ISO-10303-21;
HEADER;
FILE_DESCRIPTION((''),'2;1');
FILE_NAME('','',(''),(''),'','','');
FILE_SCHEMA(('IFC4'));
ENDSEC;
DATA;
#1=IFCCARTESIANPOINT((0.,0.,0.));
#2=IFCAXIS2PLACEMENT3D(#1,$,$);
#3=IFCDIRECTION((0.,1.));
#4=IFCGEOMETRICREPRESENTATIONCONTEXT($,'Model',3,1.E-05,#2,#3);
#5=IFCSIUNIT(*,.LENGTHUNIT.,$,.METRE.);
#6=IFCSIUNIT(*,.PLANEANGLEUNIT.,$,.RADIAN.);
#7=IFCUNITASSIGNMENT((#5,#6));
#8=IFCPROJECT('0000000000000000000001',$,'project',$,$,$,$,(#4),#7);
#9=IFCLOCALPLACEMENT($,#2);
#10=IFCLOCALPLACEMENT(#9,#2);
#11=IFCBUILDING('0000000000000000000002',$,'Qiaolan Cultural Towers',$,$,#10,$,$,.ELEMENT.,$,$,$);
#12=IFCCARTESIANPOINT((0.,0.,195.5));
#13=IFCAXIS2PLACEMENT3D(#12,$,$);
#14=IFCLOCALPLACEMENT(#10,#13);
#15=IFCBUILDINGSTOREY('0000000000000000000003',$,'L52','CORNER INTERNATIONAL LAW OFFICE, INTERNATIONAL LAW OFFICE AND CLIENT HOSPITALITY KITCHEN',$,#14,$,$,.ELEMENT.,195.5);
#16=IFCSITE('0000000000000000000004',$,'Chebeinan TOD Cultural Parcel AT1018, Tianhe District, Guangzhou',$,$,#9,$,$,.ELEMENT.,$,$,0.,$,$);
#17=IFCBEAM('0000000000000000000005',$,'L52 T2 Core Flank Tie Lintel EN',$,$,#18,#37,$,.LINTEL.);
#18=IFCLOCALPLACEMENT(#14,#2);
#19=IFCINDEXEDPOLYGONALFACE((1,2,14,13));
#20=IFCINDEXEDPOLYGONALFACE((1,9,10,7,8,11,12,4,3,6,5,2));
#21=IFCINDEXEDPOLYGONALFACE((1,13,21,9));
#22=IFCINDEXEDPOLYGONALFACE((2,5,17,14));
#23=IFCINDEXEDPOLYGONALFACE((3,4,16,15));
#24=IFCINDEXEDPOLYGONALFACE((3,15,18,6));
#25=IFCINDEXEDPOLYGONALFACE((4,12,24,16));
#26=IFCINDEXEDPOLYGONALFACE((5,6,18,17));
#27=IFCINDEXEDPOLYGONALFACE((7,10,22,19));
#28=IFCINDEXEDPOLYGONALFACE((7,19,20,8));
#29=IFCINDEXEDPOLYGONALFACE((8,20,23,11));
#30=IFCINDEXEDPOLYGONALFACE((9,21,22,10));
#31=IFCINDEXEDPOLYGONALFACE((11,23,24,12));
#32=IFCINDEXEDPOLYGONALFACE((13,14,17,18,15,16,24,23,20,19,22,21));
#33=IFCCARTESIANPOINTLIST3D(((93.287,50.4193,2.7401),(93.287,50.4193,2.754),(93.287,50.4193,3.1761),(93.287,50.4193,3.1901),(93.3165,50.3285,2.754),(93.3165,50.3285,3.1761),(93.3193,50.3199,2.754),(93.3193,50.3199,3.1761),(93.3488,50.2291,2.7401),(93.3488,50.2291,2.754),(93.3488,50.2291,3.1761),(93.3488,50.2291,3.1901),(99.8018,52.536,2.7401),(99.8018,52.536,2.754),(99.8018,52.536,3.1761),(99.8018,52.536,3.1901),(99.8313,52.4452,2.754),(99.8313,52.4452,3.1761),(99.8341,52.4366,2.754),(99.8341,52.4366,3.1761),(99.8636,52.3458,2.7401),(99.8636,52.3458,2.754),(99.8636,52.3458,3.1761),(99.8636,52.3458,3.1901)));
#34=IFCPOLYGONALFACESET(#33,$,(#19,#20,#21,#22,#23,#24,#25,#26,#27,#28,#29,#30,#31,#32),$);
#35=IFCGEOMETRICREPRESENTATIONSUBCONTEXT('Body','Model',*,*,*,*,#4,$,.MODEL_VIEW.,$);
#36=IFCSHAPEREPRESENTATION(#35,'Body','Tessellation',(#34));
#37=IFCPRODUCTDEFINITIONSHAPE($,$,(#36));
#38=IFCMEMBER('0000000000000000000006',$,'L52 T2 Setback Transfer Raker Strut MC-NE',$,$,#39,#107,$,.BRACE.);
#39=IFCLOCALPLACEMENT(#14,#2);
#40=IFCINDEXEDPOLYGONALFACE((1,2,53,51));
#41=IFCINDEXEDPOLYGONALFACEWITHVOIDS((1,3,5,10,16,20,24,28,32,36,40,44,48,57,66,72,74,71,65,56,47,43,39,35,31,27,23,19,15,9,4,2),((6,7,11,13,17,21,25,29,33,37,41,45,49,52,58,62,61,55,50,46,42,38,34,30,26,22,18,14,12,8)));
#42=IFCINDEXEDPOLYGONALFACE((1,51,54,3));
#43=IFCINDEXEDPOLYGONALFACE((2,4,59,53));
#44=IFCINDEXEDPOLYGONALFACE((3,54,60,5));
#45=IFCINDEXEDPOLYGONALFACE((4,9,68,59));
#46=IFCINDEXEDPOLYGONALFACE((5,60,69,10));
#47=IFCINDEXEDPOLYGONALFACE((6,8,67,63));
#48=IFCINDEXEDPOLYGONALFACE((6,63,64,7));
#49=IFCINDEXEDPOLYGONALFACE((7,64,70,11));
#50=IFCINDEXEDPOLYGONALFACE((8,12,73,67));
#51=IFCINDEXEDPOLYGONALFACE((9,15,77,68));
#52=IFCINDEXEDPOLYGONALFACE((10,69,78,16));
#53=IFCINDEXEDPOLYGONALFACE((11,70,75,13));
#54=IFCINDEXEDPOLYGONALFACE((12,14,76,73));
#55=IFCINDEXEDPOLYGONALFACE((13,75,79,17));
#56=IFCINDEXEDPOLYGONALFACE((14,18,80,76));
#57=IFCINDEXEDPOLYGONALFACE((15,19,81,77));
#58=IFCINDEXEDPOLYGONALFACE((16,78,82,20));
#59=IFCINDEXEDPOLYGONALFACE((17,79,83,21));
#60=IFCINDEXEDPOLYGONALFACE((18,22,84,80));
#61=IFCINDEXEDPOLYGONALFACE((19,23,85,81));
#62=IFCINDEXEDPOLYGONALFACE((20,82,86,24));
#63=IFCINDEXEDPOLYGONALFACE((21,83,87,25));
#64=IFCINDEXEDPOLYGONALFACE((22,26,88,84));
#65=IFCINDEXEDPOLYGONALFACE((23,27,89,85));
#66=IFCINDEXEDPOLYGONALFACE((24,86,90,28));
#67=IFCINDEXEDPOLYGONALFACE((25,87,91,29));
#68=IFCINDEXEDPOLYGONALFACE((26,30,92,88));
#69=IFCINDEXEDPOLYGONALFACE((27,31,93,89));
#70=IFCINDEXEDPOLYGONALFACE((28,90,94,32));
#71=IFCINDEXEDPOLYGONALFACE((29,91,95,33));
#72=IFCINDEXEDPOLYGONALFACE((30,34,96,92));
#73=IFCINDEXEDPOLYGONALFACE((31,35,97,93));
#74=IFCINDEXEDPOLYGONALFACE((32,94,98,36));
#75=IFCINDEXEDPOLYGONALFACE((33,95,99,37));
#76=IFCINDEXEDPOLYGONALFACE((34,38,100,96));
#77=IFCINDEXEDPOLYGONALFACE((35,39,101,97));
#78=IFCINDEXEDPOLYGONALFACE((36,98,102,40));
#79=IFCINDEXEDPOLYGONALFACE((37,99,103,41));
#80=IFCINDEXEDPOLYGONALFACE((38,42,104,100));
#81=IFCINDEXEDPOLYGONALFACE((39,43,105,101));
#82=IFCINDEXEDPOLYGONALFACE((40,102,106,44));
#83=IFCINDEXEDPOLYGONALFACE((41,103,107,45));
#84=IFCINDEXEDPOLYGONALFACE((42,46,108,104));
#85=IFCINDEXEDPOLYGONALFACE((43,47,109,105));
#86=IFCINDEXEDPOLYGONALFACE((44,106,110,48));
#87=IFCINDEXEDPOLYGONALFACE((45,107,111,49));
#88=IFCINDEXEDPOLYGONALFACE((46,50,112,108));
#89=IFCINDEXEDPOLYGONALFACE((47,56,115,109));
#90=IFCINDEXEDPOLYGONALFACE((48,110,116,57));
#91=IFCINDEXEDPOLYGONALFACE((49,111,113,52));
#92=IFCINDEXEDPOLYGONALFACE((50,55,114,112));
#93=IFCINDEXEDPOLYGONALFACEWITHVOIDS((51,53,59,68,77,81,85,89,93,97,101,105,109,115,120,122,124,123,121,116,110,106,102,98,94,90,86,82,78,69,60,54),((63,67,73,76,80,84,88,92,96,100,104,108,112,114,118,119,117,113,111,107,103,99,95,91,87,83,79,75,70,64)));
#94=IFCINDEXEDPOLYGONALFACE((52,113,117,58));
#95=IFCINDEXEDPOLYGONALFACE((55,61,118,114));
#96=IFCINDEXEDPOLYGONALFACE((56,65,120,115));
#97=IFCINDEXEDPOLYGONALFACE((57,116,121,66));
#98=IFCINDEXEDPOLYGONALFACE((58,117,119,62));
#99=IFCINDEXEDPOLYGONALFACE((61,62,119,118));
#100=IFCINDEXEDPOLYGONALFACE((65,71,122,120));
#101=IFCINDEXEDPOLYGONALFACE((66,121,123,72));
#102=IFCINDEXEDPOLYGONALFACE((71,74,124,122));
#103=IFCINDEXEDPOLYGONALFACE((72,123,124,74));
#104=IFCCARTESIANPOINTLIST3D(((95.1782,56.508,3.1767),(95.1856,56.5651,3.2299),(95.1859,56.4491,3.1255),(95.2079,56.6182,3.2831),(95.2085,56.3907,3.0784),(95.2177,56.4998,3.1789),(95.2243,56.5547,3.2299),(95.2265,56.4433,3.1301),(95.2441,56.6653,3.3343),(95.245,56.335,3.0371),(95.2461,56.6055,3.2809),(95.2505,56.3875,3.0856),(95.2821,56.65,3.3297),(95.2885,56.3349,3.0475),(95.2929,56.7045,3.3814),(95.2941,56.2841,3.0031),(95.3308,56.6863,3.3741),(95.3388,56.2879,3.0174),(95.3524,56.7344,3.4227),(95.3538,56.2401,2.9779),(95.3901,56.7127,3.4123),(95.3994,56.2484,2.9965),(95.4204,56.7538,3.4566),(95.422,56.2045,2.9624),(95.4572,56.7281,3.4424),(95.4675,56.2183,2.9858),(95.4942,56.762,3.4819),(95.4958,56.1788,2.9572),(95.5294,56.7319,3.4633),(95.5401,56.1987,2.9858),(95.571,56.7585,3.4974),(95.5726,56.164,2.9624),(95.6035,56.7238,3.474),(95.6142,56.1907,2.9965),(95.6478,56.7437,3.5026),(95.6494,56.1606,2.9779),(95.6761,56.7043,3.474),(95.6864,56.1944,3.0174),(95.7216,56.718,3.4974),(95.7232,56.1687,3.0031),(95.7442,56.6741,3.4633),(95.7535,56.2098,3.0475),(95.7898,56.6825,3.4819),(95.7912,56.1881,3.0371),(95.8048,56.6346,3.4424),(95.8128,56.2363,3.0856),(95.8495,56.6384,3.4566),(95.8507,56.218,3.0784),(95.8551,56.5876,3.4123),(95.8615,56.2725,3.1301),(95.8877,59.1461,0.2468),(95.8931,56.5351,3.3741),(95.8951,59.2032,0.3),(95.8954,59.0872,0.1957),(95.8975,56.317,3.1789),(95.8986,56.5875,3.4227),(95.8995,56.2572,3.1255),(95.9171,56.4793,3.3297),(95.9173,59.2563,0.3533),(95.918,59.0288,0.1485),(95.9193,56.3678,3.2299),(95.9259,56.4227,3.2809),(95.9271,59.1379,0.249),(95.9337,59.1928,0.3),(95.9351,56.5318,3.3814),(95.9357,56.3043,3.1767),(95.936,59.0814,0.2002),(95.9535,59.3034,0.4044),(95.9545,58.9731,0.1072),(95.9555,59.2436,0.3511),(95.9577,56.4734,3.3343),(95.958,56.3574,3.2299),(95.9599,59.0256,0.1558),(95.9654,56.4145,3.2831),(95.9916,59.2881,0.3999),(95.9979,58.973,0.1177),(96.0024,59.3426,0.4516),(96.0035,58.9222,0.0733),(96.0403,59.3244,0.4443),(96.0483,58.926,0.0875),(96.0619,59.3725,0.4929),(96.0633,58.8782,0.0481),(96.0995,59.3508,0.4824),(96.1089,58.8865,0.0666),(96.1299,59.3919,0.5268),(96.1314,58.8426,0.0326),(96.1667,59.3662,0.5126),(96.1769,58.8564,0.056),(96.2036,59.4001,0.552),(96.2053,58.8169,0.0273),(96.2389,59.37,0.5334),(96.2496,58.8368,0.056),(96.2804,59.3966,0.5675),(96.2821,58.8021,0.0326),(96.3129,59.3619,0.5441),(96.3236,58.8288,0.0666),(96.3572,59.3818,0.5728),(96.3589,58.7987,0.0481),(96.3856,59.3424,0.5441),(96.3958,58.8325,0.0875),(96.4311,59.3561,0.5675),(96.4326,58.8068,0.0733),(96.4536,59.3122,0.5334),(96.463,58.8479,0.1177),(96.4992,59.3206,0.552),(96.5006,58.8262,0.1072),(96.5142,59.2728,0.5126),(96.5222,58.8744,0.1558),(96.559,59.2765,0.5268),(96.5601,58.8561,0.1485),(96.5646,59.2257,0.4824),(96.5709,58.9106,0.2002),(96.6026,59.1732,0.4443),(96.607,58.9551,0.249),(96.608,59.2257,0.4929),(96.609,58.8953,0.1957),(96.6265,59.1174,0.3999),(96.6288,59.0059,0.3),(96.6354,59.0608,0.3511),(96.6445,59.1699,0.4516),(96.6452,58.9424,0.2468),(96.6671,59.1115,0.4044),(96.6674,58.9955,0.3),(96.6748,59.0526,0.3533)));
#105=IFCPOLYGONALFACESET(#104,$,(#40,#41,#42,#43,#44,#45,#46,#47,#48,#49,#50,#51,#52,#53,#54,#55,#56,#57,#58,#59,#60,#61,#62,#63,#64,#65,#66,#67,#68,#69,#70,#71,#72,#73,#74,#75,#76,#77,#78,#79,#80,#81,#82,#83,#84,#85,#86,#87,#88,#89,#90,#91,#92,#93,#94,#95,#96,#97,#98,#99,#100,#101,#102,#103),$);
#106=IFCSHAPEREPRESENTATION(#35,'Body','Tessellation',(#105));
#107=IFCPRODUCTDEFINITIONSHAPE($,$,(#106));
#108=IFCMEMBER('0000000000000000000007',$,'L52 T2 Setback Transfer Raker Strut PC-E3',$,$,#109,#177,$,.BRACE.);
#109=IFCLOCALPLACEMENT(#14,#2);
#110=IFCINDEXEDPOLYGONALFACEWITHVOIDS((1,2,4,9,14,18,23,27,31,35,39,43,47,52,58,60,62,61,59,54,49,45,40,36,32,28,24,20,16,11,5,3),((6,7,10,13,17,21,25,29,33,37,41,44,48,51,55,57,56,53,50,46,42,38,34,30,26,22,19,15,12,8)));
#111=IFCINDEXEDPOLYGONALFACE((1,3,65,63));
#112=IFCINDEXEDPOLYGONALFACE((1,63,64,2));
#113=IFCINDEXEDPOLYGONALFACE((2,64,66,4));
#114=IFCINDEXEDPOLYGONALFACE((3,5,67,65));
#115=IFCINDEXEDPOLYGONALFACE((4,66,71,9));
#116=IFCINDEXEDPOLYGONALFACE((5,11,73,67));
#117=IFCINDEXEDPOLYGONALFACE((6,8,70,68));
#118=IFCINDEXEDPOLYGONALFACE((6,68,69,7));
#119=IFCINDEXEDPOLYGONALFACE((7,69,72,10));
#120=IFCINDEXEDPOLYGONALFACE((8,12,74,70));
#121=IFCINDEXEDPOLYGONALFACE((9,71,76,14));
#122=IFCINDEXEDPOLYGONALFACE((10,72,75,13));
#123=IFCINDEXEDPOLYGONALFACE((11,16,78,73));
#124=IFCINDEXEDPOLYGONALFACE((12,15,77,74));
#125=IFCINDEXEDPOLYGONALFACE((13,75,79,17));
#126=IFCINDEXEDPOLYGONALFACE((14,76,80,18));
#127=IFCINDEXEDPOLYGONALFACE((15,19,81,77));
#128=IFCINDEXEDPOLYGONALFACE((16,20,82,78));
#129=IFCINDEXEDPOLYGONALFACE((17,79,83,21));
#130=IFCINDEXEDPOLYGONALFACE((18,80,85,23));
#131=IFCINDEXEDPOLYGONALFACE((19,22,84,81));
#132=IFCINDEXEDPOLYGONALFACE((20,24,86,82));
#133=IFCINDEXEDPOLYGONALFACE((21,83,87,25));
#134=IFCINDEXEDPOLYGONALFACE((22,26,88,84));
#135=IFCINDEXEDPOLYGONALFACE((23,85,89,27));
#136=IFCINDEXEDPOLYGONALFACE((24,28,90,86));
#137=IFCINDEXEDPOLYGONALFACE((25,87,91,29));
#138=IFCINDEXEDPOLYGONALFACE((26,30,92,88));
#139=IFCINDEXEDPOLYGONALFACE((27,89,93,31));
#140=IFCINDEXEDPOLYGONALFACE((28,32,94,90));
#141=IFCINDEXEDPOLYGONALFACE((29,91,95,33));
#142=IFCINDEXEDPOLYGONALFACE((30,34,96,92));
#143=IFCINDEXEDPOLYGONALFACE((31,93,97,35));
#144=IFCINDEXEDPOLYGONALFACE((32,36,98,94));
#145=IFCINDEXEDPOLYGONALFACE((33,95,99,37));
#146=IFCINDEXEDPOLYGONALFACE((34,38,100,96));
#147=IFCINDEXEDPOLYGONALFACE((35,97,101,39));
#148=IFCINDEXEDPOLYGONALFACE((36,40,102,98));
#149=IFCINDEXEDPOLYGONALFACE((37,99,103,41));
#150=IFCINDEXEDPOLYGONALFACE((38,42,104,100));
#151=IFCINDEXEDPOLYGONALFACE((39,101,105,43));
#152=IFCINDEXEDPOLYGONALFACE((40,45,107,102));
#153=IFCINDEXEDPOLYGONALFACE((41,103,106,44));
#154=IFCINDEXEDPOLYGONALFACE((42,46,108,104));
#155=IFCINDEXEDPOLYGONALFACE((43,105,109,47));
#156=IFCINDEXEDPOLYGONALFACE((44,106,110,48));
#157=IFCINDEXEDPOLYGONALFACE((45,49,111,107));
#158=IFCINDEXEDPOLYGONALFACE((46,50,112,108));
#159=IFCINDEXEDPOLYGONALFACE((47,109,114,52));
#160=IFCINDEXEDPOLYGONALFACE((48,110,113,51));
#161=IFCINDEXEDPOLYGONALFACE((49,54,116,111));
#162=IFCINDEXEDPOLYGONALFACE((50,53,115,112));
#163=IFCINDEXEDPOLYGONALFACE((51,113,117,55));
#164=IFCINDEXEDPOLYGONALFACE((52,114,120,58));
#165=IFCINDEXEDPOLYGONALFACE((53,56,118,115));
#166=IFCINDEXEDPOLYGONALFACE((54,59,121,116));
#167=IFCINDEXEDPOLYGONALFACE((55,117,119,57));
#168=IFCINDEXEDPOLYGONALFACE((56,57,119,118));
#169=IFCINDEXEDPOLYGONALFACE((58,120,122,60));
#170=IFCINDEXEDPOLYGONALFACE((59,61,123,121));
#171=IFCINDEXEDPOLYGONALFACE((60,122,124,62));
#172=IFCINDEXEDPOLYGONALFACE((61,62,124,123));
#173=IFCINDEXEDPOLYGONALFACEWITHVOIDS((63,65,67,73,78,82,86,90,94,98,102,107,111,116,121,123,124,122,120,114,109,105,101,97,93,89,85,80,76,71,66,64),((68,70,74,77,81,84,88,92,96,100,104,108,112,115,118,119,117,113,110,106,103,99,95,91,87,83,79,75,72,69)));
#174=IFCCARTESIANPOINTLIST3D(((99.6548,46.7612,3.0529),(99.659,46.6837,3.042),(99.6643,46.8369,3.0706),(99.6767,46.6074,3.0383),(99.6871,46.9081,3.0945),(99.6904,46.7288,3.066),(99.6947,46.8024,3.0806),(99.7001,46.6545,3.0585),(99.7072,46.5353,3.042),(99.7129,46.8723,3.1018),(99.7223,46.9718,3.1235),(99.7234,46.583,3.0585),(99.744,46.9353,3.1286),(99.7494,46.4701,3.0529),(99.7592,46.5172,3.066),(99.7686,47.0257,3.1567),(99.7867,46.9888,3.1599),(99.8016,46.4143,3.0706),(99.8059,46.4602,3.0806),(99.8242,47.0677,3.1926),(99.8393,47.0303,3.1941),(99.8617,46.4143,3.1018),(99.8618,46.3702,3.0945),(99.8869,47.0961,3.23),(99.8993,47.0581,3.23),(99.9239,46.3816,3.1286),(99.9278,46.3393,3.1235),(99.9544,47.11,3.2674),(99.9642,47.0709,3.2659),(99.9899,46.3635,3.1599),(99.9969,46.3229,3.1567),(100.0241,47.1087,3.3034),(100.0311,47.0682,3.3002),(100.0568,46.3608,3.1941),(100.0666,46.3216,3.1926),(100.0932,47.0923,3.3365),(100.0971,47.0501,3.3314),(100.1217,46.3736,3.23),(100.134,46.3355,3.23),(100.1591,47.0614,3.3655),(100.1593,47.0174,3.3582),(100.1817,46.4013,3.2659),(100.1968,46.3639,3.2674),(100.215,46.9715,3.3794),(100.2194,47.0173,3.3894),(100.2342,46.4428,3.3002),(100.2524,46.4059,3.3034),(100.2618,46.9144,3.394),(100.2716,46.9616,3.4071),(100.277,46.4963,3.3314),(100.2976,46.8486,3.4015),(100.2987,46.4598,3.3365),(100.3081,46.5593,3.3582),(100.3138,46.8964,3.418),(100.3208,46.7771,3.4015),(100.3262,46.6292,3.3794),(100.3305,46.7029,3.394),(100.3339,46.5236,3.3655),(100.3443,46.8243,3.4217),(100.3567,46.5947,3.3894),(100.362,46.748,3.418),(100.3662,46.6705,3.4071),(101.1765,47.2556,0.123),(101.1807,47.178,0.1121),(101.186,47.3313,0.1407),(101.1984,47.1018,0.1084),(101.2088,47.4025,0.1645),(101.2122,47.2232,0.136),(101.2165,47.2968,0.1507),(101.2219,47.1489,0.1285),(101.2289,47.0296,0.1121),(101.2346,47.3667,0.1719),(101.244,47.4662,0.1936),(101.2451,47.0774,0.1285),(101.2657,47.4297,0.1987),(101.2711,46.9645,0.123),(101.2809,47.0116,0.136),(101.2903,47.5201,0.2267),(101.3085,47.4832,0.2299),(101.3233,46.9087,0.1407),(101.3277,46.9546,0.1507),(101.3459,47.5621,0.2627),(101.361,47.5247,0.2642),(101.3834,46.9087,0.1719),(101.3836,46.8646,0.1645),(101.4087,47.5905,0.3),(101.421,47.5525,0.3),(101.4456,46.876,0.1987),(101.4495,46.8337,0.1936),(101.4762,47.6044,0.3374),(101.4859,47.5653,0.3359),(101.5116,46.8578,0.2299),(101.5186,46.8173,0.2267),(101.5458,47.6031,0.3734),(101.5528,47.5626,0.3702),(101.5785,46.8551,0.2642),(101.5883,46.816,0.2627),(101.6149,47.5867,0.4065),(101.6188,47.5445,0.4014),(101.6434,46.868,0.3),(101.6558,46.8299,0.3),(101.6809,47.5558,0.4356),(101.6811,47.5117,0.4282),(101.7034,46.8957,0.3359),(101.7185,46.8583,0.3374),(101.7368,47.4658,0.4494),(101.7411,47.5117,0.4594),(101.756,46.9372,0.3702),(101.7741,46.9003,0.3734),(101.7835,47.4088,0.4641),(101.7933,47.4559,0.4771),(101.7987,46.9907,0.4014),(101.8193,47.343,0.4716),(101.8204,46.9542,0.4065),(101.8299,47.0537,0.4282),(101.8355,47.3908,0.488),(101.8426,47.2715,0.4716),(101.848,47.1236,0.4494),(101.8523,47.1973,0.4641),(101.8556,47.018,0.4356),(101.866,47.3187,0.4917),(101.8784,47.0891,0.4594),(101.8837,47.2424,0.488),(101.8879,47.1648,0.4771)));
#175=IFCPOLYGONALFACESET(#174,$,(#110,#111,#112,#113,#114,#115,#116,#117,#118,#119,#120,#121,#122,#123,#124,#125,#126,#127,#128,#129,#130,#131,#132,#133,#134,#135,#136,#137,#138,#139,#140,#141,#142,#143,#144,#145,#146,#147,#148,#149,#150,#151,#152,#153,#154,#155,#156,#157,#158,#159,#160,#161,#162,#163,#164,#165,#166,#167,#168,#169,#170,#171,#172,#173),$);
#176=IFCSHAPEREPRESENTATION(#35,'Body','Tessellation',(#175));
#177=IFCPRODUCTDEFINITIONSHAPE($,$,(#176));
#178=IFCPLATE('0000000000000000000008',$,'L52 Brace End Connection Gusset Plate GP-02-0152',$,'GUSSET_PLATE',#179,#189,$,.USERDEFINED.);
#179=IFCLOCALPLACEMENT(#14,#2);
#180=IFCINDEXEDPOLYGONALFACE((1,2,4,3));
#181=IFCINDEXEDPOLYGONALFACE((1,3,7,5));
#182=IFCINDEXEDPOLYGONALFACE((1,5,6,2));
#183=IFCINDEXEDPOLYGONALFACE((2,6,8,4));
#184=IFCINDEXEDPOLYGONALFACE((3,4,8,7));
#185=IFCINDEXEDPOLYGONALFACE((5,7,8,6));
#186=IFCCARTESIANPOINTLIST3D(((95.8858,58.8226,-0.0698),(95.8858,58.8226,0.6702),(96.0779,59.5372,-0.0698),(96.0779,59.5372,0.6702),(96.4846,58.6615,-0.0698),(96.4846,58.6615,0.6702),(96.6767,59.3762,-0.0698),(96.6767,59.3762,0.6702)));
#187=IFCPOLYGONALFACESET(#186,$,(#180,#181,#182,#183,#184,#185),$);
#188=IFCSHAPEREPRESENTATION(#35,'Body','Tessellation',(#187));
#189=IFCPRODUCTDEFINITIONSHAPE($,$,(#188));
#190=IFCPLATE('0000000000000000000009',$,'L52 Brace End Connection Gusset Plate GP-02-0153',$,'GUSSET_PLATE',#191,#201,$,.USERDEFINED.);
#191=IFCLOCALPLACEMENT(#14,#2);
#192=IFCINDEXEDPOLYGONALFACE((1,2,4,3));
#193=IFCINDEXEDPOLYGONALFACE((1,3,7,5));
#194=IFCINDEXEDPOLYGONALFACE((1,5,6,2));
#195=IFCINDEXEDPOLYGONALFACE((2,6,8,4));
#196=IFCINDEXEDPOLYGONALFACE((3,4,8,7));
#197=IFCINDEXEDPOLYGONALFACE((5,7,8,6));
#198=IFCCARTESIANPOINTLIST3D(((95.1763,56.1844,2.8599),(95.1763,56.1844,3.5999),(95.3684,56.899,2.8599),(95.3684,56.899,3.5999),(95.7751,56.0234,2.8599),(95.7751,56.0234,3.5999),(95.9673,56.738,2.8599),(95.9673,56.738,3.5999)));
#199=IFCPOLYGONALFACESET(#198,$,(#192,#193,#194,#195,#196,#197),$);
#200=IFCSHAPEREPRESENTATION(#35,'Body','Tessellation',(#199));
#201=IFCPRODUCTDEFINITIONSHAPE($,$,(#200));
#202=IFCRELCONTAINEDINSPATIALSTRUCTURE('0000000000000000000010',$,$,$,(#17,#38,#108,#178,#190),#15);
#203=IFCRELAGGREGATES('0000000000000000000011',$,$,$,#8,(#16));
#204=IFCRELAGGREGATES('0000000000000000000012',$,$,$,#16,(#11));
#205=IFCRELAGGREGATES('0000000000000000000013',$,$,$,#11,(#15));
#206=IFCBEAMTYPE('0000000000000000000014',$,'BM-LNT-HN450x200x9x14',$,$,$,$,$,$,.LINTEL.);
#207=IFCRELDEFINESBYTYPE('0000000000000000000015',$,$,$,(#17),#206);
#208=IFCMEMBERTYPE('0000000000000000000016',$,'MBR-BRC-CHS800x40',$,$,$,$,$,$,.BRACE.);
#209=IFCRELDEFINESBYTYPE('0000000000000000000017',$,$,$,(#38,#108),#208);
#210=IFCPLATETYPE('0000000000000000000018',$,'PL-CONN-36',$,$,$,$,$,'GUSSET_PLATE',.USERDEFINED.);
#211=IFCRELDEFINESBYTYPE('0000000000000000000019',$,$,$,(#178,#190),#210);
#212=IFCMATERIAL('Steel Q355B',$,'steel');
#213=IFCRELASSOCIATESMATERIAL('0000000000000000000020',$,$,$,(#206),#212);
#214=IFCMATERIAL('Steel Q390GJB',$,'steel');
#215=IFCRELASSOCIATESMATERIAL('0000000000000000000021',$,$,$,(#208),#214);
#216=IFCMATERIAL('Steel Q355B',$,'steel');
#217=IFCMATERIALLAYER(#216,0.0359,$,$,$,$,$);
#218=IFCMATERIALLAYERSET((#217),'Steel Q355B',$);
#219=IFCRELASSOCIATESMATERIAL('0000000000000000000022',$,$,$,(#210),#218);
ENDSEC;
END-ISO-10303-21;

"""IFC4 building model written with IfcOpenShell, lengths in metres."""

from ifc_helpers import new_model, si_unit, direction, frame, origin, origin_2d, place, context, subcontext, project, spatial, rectangle, hollow_circle, i_section, extrude, material, layer, layer_set, material_profile, profile_set, type_object, element, save


model = new_model("IFC4")

# Units and contexts
model_context = context("Model", 3, precision=1e-05, world=origin(), true_north=direction((0.0, 1.0)))
body_context = subcontext(model_context, "Body", "Model", "MODEL_VIEW")
ifc_project = project(units=[si_unit("LENGTHUNIT", "METRE"), si_unit("PLANEANGLEUNIT", "RADIAN")], contexts=[model_context])

# Site, building, storey
site_placement = place(None, origin())
site = spatial("IfcSite", under=ifc_project, at=site_placement, Name="Chebeinan TOD Cultural Parcel AT1018, Tianhe District, Guangzhou", CompositionType="ELEMENT", RefElevation=0.0)
building_placement = place(site_placement, origin())
building = spatial("IfcBuilding", under=site, at=building_placement, Name="Qiaolan Cultural Towers", CompositionType="ELEMENT")
storey_placement = place(building_placement, frame((0.0, 0.0, 195.5)))
storey = spatial("IfcBuildingStorey", under=building, at=storey_placement, Name="L52", Description="CORNER INTERNATIONAL LAW OFFICE, INTERNATIONAL LAW OFFICE AND CLIENT HOSPITALITY KITCHEN", CompositionType="ELEMENT", Elevation=195.5)

# Beam
ifc_material_1 = material(Name="Steel Q355B", Category="steel")
ifc_material_profile_1 = material_profile(ifc_material_1, i_section(OverallWidth=0.2, OverallDepth=0.45, WebThickness=0.009, FlangeThickness=0.0139, at=origin_2d()), Name="HN450x200x9x14")
ifc_profile_set_1 = profile_set([ifc_material_profile_1], Name="Steel Q355B")
beam_type_1 = type_object("IfcBeamType", Name="BM-LNT-HN450x200x9x14", PredefinedType="LINTEL", material=ifc_profile_set_1)
beam_1_placement = place(storey_placement, frame((93.3179, 50.3242, 2.9651), z_axis=(0.951062, 0.309001, 0.0), x_axis=(-0.309001, 0.951062, 0.0)))
element("IfcBeam", 1, at=beam_1_placement, inside=storey, type_object=beam_type_1, Name="L52 T2 Core Flank Tie Lintel EN", PredefinedType="LINTEL", context=body_context, shape_type="SweptSolid", body=[
    extrude(i_section(OverallWidth=0.2, OverallDepth=0.45, WebThickness=0.009, FlangeThickness=0.0139, at=origin_2d()), origin(), (0.0, 0.0, 1.0), 6.8501),
])

# Members
ifc_material_2 = material(Name="Steel Q390GJB", Category="steel")
ifc_material_profile_2 = material_profile(ifc_material_2, hollow_circle(Radius=0.3999, WallThickness=0.04, at=origin_2d()), Name="CHS800x40")
ifc_profile_set_2 = profile_set([ifc_material_profile_2], Name="Steel Q390GJB")
member_type = type_object("IfcMemberType", Name="MBR-BRC-CHS800x40", PredefinedType="BRACE", material=ifc_profile_set_2)
member_1_placement = place(storey_placement, frame((96.2812, 59.0994, 0.3), z_axis=(-0.177103, -0.658562, 0.73139), x_axis=(0.96569, -0.259698, 0.0)))
element("IfcMember", 2, at=member_1_placement, inside=storey, type_object=member_type, Name="L52 T2 Setback Transfer Raker Strut MC-NE", PredefinedType="BRACE", context=body_context, shape_type="SweptSolid", body=[
    extrude(hollow_circle(Radius=0.3999, WallThickness=0.04, at=origin_2d()), origin(), (0.0, 0.0, 1.0), 4.0059),
])
member_2_placement = place(storey_placement, frame((101.5322, 47.2102, 0.3), z_axis=(-0.455833, -0.148093, 0.877659), x_axis=(0.308986, -0.951067, 0.0)))
element("IfcMember", 3, at=member_2_placement, inside=storey, type_object=member_type, Name="L52 T2 Setback Transfer Raker Strut PC-E3", PredefinedType="BRACE", context=body_context, shape_type="SweptSolid", body=[
    extrude(hollow_circle(Radius=0.3999, WallThickness=0.04, at=origin_2d()), origin(), (0.0, 0.0, 1.0), 3.3384),
])

# Plates
ifc_material_3 = material(Name="Steel Q355B", Category="steel")
ifc_layer_1 = layer(ifc_material_3, 0.0359)
ifc_layer_set_1 = layer_set([ifc_layer_1], Name="Steel Q355B")
plate_type_1 = type_object("IfcPlateType", Name="PL-CONN-36", ElementType="GUSSET_PLATE", PredefinedType="USERDEFINED", material=ifc_layer_set_1)
for number, where, z_axis, x_axis, name in (
    (4, (96.2812, 59.0994, -0.0698), (0.0, 0.0, 1.0), (0.259666, 0.965699, 0.0), "L52 Brace End Connection Gusset Plate GP-02-0152"),
    (5, (95.5718, 56.4612, 2.8599), (0.0, 0.0, 1.0), (0.259666, 0.965699, 0.0), "L52 Brace End Connection Gusset Plate GP-02-0153"),
):
    element("IfcPlate", number, at=place(storey_placement, frame(where, z_axis=z_axis, x_axis=x_axis)), inside=storey, type_object=plate_type_1, Name=name, ObjectType="GUSSET_PLATE", PredefinedType="USERDEFINED", context=body_context, shape_type="SweptSolid", body=[
        extrude(rectangle(XDim=0.74, YDim=0.6201, at=origin_2d()), origin(), (0.0, 0.0, 1.0), 0.74),
    ])

save(model, "model.ifc")
